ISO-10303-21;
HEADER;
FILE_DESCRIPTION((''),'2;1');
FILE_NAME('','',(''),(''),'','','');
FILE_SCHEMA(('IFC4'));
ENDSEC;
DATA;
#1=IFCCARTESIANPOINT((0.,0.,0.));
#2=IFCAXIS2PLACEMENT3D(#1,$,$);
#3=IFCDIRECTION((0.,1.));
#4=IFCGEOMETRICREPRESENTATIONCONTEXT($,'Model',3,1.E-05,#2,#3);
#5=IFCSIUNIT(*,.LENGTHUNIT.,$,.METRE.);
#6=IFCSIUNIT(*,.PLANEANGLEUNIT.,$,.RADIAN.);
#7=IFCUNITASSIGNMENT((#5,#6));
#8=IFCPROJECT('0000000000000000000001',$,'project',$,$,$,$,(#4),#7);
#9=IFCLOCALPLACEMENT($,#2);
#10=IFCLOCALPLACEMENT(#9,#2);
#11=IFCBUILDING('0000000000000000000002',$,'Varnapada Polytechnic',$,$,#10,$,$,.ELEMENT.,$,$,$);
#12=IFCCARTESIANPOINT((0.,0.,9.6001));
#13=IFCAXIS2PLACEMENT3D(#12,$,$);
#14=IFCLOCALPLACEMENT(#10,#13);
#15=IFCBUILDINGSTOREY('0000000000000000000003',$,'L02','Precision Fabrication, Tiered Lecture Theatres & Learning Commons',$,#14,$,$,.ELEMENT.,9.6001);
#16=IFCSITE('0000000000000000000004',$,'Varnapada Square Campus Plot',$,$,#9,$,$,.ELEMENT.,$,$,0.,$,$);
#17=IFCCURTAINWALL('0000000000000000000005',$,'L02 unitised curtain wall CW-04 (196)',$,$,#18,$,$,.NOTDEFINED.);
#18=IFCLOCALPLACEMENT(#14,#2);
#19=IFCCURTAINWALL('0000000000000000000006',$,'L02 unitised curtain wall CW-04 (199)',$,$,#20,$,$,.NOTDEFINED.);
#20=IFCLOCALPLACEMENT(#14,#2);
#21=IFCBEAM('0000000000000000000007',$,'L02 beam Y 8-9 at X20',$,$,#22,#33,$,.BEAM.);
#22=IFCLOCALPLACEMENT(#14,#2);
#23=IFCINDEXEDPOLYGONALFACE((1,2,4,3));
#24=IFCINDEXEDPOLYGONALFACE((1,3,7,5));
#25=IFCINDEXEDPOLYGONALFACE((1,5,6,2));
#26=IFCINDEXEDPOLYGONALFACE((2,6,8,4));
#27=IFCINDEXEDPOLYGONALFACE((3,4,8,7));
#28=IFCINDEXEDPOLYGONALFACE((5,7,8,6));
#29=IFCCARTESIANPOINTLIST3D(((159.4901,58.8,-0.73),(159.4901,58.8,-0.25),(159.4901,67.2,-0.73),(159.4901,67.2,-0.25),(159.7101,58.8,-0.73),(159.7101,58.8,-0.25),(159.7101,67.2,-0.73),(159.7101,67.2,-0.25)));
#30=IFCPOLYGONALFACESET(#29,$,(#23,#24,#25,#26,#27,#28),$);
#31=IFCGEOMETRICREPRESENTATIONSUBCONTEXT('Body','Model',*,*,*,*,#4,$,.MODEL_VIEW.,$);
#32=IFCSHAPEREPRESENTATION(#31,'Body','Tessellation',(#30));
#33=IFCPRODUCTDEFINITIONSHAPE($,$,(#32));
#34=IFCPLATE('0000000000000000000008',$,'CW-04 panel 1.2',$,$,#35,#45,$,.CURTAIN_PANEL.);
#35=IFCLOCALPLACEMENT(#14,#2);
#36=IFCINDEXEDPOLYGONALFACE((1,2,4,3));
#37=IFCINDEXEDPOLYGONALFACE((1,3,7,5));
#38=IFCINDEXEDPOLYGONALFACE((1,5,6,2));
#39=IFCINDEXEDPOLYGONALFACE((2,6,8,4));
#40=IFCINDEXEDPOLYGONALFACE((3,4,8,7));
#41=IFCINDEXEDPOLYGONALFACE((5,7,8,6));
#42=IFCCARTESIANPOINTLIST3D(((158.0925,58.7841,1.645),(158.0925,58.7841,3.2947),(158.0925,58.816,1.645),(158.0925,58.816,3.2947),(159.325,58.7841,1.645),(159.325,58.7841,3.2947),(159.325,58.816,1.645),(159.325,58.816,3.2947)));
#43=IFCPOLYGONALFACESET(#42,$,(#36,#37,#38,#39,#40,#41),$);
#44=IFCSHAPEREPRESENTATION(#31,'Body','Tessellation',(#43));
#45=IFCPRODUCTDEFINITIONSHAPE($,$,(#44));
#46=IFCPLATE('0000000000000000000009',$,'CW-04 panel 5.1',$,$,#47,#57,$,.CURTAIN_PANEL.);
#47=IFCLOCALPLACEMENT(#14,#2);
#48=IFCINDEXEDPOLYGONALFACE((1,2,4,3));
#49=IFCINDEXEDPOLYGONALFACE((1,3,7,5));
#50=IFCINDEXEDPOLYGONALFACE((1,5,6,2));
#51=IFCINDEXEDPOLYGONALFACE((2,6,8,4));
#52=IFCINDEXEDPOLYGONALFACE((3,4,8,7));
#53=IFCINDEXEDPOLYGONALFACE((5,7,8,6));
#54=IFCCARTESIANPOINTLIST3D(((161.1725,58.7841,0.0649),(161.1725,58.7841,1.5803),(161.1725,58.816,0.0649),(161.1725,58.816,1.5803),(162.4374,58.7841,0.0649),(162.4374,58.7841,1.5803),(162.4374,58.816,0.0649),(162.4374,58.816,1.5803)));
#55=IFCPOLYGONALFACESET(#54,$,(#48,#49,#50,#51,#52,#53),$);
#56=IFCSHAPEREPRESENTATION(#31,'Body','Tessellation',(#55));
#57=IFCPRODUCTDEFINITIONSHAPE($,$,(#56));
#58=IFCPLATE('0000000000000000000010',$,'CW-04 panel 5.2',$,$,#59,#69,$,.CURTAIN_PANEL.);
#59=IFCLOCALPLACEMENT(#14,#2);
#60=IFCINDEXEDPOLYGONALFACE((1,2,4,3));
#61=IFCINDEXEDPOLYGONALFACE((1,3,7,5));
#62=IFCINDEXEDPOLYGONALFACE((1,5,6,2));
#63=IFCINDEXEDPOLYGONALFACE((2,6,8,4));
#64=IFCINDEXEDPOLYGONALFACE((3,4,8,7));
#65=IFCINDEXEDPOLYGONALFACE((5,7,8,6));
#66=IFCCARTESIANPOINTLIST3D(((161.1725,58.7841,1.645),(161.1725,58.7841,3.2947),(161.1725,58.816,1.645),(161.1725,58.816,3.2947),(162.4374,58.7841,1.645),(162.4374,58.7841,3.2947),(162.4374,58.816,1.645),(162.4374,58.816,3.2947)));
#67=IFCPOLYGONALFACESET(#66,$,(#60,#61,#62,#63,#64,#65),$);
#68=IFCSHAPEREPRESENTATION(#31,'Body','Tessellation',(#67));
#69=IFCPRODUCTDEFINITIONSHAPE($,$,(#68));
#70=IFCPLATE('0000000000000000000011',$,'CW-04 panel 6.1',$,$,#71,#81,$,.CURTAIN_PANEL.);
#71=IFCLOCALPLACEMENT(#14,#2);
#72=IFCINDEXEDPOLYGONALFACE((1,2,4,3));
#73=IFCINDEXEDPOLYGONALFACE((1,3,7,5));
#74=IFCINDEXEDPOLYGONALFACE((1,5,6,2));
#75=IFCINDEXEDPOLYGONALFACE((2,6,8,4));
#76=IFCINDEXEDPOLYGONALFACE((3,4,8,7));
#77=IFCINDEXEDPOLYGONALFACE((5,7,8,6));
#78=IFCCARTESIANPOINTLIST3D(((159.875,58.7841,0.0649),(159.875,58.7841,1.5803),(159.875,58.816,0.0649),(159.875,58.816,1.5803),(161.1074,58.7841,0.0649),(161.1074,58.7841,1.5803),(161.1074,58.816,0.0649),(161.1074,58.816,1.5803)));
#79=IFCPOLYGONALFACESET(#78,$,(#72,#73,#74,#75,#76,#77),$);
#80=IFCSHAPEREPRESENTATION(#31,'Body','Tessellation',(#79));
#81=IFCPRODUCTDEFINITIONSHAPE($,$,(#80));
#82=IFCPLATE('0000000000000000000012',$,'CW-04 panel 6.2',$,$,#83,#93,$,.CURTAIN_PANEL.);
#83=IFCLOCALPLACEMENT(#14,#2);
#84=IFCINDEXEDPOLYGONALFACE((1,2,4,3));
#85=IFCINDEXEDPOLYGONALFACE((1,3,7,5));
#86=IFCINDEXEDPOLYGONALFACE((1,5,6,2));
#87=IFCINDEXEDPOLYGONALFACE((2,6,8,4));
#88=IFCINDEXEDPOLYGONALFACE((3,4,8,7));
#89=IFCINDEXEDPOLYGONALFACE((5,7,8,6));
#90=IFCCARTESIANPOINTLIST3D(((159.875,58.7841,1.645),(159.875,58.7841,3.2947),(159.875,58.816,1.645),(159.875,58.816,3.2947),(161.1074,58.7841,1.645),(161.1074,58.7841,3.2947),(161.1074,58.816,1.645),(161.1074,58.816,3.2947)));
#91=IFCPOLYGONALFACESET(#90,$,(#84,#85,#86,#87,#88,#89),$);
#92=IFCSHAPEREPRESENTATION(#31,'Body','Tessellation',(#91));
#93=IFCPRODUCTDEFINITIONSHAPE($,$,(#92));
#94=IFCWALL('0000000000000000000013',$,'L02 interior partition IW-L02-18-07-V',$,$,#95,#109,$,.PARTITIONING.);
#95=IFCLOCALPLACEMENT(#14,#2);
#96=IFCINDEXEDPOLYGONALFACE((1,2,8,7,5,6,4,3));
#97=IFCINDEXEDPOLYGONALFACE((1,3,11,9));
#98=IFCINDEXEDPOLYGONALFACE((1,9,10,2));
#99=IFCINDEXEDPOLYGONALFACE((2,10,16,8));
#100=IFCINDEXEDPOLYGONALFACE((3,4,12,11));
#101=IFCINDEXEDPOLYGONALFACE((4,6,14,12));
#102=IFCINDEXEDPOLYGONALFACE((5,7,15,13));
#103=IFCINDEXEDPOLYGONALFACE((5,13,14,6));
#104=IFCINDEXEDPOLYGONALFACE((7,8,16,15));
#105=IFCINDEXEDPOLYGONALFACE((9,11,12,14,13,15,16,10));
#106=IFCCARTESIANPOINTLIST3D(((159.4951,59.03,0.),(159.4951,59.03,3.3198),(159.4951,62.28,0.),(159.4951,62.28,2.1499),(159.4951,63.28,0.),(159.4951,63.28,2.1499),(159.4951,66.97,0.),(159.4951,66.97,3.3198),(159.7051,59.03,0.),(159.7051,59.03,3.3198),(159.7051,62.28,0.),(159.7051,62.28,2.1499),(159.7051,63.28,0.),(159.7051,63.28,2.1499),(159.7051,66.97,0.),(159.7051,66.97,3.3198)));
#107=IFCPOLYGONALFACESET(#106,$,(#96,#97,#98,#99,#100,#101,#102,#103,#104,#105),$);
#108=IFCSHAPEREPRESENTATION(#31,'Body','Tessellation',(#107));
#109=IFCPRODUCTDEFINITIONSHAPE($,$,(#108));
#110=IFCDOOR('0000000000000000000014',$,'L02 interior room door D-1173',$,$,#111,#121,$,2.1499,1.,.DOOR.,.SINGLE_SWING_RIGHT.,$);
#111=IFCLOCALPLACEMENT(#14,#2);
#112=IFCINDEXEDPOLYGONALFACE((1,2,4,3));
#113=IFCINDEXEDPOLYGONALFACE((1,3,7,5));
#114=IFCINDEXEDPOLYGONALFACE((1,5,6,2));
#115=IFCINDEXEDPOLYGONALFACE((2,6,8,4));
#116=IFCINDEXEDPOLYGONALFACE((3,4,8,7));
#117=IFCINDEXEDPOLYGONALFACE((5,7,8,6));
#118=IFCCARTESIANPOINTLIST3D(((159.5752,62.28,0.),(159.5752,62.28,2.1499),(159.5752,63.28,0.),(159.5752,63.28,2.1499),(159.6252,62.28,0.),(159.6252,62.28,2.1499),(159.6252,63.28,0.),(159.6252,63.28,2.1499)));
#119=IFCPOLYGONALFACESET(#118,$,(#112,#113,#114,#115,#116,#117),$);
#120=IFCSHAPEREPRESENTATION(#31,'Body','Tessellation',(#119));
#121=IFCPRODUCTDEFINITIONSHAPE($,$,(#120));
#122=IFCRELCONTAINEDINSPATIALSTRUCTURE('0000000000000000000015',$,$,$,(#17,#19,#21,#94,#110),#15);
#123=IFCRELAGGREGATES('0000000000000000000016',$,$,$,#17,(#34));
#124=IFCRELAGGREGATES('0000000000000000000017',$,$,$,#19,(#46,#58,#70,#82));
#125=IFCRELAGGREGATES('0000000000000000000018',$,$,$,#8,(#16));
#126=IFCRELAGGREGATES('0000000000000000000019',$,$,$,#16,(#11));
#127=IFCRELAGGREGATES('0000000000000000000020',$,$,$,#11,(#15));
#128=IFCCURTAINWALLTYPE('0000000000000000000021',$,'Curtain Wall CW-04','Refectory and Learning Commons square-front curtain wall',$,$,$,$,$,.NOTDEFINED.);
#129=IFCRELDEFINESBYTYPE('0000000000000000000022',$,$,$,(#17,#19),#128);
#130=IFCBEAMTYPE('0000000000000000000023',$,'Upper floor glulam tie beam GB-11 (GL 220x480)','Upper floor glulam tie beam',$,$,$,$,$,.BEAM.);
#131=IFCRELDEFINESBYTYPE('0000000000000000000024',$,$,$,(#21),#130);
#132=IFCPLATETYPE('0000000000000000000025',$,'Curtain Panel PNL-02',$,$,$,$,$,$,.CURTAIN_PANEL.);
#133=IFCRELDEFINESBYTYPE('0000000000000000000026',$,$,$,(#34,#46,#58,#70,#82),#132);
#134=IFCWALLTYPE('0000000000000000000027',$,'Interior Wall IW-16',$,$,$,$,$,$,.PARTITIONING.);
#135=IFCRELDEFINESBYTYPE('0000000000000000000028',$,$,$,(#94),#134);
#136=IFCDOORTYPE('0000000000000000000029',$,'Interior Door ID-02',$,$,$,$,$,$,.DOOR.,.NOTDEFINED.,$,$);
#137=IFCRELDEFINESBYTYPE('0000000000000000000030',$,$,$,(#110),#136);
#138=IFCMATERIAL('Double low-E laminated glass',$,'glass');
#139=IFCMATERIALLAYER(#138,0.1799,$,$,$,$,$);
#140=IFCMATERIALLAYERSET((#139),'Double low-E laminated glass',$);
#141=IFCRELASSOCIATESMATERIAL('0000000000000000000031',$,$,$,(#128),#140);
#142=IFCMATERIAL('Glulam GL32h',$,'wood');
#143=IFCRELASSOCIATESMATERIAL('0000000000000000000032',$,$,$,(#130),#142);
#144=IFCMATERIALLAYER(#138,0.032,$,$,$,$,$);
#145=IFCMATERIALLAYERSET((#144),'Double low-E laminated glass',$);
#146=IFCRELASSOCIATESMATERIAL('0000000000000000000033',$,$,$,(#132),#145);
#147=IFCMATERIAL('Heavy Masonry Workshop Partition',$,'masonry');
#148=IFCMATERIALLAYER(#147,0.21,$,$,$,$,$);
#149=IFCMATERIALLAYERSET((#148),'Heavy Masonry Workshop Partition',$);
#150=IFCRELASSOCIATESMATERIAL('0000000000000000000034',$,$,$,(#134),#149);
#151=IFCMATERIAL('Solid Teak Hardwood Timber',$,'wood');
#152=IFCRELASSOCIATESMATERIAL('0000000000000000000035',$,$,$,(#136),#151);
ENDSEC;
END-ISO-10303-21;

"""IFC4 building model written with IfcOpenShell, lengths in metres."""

from ifc_helpers import new_model, si_unit, direction, frame, frame_2d, origin, origin_2d, place, context, subcontext, project, spatial, rectangle, extrude, material, layer, layer_set, material_profile, profile_set, type_object, element, fill, aggregate, save


model = new_model("IFC4")

# Units and contexts
model_context = context("Model", 3, precision=1e-05, world=origin(), true_north=direction((0.0, 1.0)))
body_context = subcontext(model_context, "Body", "Model", "MODEL_VIEW")
ifc_project = project(units=[si_unit("LENGTHUNIT", "METRE"), si_unit("PLANEANGLEUNIT", "RADIAN")], contexts=[model_context])

# Site, building, storey
site_placement = place(None, origin())
site = spatial("IfcSite", under=ifc_project, at=site_placement, Name="Varnapada Square Campus Plot", CompositionType="ELEMENT", RefElevation=0.0)
building_placement = place(site_placement, origin())
building = spatial("IfcBuilding", under=site, at=building_placement, Name="Varnapada Polytechnic", CompositionType="ELEMENT")
storey_placement = place(building_placement, frame((0.0, 0.0, 9.6001)))
storey = spatial("IfcBuildingStorey", under=building, at=storey_placement, Name="L02", Description="Precision Fabrication, Tiered Lecture Theatres & Learning Commons", CompositionType="ELEMENT", Elevation=9.6001)

# Shared definitions
ifc_material_1 = material(Name="Glulam GL32h", Category="wood")

# Curtain wall
ifc_material_2 = material(Name="Double low-E laminated glass", Category="glass")
ifc_layer_1 = layer(ifc_material_2, 0.1799)
ifc_layer_set_1 = layer_set([ifc_layer_1], Name="Double low-E laminated glass")
curtain_wall_type = type_object("IfcCurtainWallType", Name="Curtain Wall CW-04", Description="Refectory and Learning Commons square-front curtain wall", PredefinedType="NOTDEFINED", material=ifc_layer_set_1)
curtain_wall_1_placement = place(storey_placement, origin())
curtain_wall_1 = element("IfcCurtainWall", 1, at=curtain_wall_1_placement, inside=storey, type_object=curtain_wall_type, Name="L02 unitised curtain wall CW-04 (196)", PredefinedType="NOTDEFINED")

# Curtain wall
curtain_wall_2_placement = place(storey_placement, origin())
curtain_wall_2 = element("IfcCurtainWall", 2, at=curtain_wall_2_placement, inside=storey, type_object=curtain_wall_type, Name="L02 unitised curtain wall CW-04 (199)", PredefinedType="NOTDEFINED")

# Beam
ifc_material_profile_1 = material_profile(ifc_material_1, rectangle(XDim=0.22, YDim=0.48, at=origin_2d()), Name="GL 220x480")
ifc_profile_set_1 = profile_set([ifc_material_profile_1], Name="Glulam GL32h")
beam_type_1 = type_object("IfcBeamType", Name="Upper floor glulam tie beam GB-11 (GL 220x480)", Description="Upper floor glulam tie beam", PredefinedType="BEAM", material=ifc_profile_set_1)
beam_1_placement = place(storey_placement, frame((159.6001, 58.8, -0.49), z_axis=(0.0, 1.0, 0.0), x_axis=(-1.0, 0.0, 0.0)))
element("IfcBeam", 3, at=beam_1_placement, inside=storey, type_object=beam_type_1, Name="L02 beam Y 8-9 at X20", PredefinedType="BEAM", context=body_context, shape_type="SweptSolid", body=[
    extrude(rectangle(XDim=0.22, YDim=0.48, at=origin_2d()), origin(), (0.0, 0.0, 1.0), 8.3999),
])

# Plates
ifc_layer_2 = layer(ifc_material_2, 0.032)
ifc_layer_set_2 = layer_set([ifc_layer_2], Name="Double low-E laminated glass")
plate_type = type_object("IfcPlateType", Name="Curtain Panel PNL-02", PredefinedType="CURTAIN_PANEL", material=ifc_layer_set_2)
plate_1_placement = place(storey_placement, frame((158.7087, 58.8, 1.645), z_axis=(0.0, 0.0, 1.0), x_axis=(-1.0, 0.0, 0.0)))
plate_1 = element("IfcPlate", 4, at=plate_1_placement, type_object=plate_type, Name="CW-04 panel 1.2", PredefinedType="CURTAIN_PANEL", context=body_context, shape_type="SweptSolid", body=[
    extrude(rectangle(XDim=1.2324, YDim=0.032, at=origin_2d()), origin(), (0.0, 0.0, 1.0), 1.6497),
])
aggregate(curtain_wall_1, [plate_1])
plate_2_placement = place(storey_placement, frame((161.8049, 58.8, 0.0649), z_axis=(0.0, 0.0, 1.0), x_axis=(-1.0, 0.0, 0.0)))
plate_2 = element("IfcPlate", 5, at=plate_2_placement, type_object=plate_type, Name="CW-04 panel 5.1", PredefinedType="CURTAIN_PANEL", context=body_context, shape_type="SweptSolid", body=[
    extrude(rectangle(XDim=1.2649, YDim=0.032, at=origin_2d()), origin(), (0.0, 0.0, 1.0), 1.5154),
])
plate_3_placement = place(storey_placement, frame((161.8049, 58.8, 1.645), z_axis=(0.0, 0.0, 1.0), x_axis=(-1.0, 0.0, 0.0)))
plate_3 = element("IfcPlate", 6, at=plate_3_placement, type_object=plate_type, Name="CW-04 panel 5.2", PredefinedType="CURTAIN_PANEL", context=body_context, shape_type="SweptSolid", body=[
    extrude(rectangle(XDim=1.2649, YDim=0.032, at=origin_2d()), origin(), (0.0, 0.0, 1.0), 1.6497),
])
plate_4_placement = place(storey_placement, frame((160.4912, 58.8, 0.0649), z_axis=(0.0, 0.0, 1.0), x_axis=(-1.0, 0.0, 0.0)))
plate_4 = element("IfcPlate", 7, at=plate_4_placement, type_object=plate_type, Name="CW-04 panel 6.1", PredefinedType="CURTAIN_PANEL", context=body_context, shape_type="SweptSolid", body=[
    extrude(rectangle(XDim=1.2324, YDim=0.032, at=origin_2d()), origin(), (0.0, 0.0, 1.0), 1.5154),
])
plate_5_placement = place(storey_placement, frame((160.4912, 58.8, 1.645), z_axis=(0.0, 0.0, 1.0), x_axis=(-1.0, 0.0, 0.0)))
plate_5 = element("IfcPlate", 8, at=plate_5_placement, type_object=plate_type, Name="CW-04 panel 6.2", PredefinedType="CURTAIN_PANEL", context=body_context, shape_type="SweptSolid", body=[
    extrude(rectangle(XDim=1.2324, YDim=0.032, at=origin_2d()), origin(), (0.0, 0.0, 1.0), 1.6497),
])
aggregate(curtain_wall_2, [plate_2, plate_3, plate_4, plate_5])

# Wall, opening, door
ifc_material_3 = material(Name="Heavy Masonry Workshop Partition", Category="masonry")
ifc_layer_3 = layer(ifc_material_3, 0.21)
ifc_layer_set_3 = layer_set([ifc_layer_3], Name="Heavy Masonry Workshop Partition")
wall_type = type_object("IfcWallType", Name="Interior Wall IW-16", PredefinedType="PARTITIONING", material=ifc_layer_set_3)
wall_placement = place(storey_placement, frame((159.6001, 59.03, 0.0), z_axis=(0.0, 0.0, 1.0), x_axis=(0.0, 1.0, 0.0)))
wall = element("IfcWall", 9, at=wall_placement, inside=storey, type_object=wall_type, Name="L02 interior partition IW-L02-18-07-V", PredefinedType="PARTITIONING", context=body_context, shape_type="SweptSolid", body=[
    extrude(rectangle(XDim=7.9399, YDim=0.21, at=frame_2d((3.97, 0.0))), origin(), (0.0, 0.0, 1.0), 3.3198),
])
opening_placement = place(wall_placement, frame((3.25, 0.0, 0.0)))
opening = element("IfcOpeningElement", 10, at=opening_placement, cuts=wall, PredefinedType="OPENING", context=body_context, shape_type="SweptSolid", body=[
    extrude(rectangle(XDim=1.0, YDim=2.1499, at=frame_2d((0.5, 1.075))), frame((0.0, 0.115, 0.0), z_axis=(0.0, -1.0, 0.0), x_axis=(1.0, 0.0, 0.0)), (0.0, 0.0, 1.0), 0.23),
])
ifc_material_4 = material(Name="Solid Teak Hardwood Timber", Category="wood")
door_type = type_object("IfcDoorType", Name="Interior Door ID-02", OperationType="NOTDEFINED", PredefinedType="DOOR", material=ifc_material_4)
door_placement = place(opening_placement, origin())
door = element("IfcDoor", 11, at=door_placement, inside=storey, type_object=door_type, Name="L02 interior room door D-1173", OperationType="SINGLE_SWING_RIGHT", OverallHeight=2.1499, OverallWidth=1.0, PredefinedType="DOOR", context=body_context, shape_type="SweptSolid", body=[
    extrude(rectangle(XDim=1.0, YDim=2.1499, at=frame_2d((0.5, 1.075))), frame((0.0, 0.0249, 0.0), z_axis=(0.0, -1.0, 0.0), x_axis=(1.0, 0.0, 0.0)), (0.0, 0.0, 1.0), 0.05),
])
fill(opening, door)

save(model, "model.ifc")
